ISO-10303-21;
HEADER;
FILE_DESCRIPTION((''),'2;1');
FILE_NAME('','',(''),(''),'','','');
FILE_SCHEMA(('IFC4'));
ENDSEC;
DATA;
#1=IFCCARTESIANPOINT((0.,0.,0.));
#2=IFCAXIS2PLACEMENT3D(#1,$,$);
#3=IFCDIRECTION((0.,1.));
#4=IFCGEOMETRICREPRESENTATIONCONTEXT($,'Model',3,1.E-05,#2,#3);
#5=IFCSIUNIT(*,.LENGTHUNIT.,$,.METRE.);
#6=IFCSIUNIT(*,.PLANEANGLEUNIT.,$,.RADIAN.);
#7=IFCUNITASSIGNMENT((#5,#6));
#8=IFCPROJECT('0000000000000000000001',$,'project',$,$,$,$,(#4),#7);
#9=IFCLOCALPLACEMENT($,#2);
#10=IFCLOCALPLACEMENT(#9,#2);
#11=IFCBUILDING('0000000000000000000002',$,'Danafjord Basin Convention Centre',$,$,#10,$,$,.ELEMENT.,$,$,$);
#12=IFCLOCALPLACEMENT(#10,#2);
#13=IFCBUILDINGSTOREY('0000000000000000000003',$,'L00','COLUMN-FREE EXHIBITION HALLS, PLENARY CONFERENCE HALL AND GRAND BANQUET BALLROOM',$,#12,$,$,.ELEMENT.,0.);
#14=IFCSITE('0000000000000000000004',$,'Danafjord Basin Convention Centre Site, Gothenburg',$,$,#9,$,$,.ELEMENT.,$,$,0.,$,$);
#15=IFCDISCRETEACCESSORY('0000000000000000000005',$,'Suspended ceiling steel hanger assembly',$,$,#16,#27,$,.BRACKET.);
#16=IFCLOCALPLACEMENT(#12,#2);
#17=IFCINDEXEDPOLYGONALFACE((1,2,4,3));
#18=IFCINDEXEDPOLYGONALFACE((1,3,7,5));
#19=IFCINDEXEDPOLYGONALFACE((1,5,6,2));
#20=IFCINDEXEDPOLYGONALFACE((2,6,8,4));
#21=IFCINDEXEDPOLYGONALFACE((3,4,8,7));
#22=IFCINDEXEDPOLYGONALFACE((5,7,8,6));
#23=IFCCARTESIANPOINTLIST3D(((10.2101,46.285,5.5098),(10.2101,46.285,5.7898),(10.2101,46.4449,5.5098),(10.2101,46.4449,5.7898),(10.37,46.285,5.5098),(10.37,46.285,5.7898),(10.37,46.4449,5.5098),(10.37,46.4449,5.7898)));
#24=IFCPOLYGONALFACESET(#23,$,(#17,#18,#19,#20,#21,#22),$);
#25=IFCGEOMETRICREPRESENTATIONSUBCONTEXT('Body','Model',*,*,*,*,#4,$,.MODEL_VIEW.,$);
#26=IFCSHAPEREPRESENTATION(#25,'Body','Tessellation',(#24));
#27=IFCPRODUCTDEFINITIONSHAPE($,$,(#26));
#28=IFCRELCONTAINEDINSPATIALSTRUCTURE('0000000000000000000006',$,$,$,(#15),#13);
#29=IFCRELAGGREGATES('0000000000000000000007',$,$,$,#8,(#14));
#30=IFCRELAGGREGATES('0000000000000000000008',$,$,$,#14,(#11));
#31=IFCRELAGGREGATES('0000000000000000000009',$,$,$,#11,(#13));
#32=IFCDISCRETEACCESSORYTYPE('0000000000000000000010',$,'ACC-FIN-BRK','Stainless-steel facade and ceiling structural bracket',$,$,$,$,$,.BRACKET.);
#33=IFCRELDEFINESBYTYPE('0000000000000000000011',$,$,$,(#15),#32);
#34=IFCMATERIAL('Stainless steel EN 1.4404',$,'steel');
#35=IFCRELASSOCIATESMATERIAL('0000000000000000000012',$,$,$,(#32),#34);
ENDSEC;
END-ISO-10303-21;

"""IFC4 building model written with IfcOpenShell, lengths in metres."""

from ifc_helpers import new_model, si_unit, direction, frame, origin, origin_2d, place, context, subcontext, project, spatial, rectangle, extrude, material, type_object, element, save


model = new_model("IFC4")

# Units and contexts
model_context = context("Model", 3, precision=1e-05, world=origin(), true_north=direction((0.0, 1.0)))
body_context = subcontext(model_context, "Body", "Model", "MODEL_VIEW")
ifc_project = project(units=[si_unit("LENGTHUNIT", "METRE"), si_unit("PLANEANGLEUNIT", "RADIAN")], contexts=[model_context])

# Site, building, storey
site_placement = place(None, origin())
site = spatial("IfcSite", under=ifc_project, at=site_placement, Name="Danafjord Basin Convention Centre Site, Gothenburg", CompositionType="ELEMENT", RefElevation=0.0)
building_placement = place(site_placement, origin())
building = spatial("IfcBuilding", under=site, at=building_placement, Name="Danafjord Basin Convention Centre", CompositionType="ELEMENT")
storey_placement = place(building_placement, origin())
storey = spatial("IfcBuildingStorey", under=building, at=storey_placement, Name="L00", Description="COLUMN-FREE EXHIBITION HALLS, PLENARY CONFERENCE HALL AND GRAND BANQUET BALLROOM", CompositionType="ELEMENT", Elevation=0.0)

# Discrete accessory
ifc_material_1 = material(Name="Stainless steel EN 1.4404", Category="steel")
discrete_accessory_type = type_object("IfcDiscreteAccessoryType", Name="ACC-FIN-BRK", Description="Stainless-steel facade and ceiling structural bracket", PredefinedType="BRACKET", material=ifc_material_1)
discrete_accessory_placement = place(storey_placement, frame((10.29, 46.365, 5.5098), z_axis=(0.0, 0.0, 1.0), x_axis=(1.0, 0.0, 0.0)))
element("IfcDiscreteAccessory", 1, at=discrete_accessory_placement, inside=storey, type_object=discrete_accessory_type, Name="Suspended ceiling steel hanger assembly", PredefinedType="BRACKET", context=body_context, shape_type="SweptSolid", body=[
    extrude(rectangle(XDim=0.1599, YDim=0.1599, at=origin_2d()), origin(), (0.0, 0.0, 1.0), 0.28),
])

save(model, "model.ifc")
